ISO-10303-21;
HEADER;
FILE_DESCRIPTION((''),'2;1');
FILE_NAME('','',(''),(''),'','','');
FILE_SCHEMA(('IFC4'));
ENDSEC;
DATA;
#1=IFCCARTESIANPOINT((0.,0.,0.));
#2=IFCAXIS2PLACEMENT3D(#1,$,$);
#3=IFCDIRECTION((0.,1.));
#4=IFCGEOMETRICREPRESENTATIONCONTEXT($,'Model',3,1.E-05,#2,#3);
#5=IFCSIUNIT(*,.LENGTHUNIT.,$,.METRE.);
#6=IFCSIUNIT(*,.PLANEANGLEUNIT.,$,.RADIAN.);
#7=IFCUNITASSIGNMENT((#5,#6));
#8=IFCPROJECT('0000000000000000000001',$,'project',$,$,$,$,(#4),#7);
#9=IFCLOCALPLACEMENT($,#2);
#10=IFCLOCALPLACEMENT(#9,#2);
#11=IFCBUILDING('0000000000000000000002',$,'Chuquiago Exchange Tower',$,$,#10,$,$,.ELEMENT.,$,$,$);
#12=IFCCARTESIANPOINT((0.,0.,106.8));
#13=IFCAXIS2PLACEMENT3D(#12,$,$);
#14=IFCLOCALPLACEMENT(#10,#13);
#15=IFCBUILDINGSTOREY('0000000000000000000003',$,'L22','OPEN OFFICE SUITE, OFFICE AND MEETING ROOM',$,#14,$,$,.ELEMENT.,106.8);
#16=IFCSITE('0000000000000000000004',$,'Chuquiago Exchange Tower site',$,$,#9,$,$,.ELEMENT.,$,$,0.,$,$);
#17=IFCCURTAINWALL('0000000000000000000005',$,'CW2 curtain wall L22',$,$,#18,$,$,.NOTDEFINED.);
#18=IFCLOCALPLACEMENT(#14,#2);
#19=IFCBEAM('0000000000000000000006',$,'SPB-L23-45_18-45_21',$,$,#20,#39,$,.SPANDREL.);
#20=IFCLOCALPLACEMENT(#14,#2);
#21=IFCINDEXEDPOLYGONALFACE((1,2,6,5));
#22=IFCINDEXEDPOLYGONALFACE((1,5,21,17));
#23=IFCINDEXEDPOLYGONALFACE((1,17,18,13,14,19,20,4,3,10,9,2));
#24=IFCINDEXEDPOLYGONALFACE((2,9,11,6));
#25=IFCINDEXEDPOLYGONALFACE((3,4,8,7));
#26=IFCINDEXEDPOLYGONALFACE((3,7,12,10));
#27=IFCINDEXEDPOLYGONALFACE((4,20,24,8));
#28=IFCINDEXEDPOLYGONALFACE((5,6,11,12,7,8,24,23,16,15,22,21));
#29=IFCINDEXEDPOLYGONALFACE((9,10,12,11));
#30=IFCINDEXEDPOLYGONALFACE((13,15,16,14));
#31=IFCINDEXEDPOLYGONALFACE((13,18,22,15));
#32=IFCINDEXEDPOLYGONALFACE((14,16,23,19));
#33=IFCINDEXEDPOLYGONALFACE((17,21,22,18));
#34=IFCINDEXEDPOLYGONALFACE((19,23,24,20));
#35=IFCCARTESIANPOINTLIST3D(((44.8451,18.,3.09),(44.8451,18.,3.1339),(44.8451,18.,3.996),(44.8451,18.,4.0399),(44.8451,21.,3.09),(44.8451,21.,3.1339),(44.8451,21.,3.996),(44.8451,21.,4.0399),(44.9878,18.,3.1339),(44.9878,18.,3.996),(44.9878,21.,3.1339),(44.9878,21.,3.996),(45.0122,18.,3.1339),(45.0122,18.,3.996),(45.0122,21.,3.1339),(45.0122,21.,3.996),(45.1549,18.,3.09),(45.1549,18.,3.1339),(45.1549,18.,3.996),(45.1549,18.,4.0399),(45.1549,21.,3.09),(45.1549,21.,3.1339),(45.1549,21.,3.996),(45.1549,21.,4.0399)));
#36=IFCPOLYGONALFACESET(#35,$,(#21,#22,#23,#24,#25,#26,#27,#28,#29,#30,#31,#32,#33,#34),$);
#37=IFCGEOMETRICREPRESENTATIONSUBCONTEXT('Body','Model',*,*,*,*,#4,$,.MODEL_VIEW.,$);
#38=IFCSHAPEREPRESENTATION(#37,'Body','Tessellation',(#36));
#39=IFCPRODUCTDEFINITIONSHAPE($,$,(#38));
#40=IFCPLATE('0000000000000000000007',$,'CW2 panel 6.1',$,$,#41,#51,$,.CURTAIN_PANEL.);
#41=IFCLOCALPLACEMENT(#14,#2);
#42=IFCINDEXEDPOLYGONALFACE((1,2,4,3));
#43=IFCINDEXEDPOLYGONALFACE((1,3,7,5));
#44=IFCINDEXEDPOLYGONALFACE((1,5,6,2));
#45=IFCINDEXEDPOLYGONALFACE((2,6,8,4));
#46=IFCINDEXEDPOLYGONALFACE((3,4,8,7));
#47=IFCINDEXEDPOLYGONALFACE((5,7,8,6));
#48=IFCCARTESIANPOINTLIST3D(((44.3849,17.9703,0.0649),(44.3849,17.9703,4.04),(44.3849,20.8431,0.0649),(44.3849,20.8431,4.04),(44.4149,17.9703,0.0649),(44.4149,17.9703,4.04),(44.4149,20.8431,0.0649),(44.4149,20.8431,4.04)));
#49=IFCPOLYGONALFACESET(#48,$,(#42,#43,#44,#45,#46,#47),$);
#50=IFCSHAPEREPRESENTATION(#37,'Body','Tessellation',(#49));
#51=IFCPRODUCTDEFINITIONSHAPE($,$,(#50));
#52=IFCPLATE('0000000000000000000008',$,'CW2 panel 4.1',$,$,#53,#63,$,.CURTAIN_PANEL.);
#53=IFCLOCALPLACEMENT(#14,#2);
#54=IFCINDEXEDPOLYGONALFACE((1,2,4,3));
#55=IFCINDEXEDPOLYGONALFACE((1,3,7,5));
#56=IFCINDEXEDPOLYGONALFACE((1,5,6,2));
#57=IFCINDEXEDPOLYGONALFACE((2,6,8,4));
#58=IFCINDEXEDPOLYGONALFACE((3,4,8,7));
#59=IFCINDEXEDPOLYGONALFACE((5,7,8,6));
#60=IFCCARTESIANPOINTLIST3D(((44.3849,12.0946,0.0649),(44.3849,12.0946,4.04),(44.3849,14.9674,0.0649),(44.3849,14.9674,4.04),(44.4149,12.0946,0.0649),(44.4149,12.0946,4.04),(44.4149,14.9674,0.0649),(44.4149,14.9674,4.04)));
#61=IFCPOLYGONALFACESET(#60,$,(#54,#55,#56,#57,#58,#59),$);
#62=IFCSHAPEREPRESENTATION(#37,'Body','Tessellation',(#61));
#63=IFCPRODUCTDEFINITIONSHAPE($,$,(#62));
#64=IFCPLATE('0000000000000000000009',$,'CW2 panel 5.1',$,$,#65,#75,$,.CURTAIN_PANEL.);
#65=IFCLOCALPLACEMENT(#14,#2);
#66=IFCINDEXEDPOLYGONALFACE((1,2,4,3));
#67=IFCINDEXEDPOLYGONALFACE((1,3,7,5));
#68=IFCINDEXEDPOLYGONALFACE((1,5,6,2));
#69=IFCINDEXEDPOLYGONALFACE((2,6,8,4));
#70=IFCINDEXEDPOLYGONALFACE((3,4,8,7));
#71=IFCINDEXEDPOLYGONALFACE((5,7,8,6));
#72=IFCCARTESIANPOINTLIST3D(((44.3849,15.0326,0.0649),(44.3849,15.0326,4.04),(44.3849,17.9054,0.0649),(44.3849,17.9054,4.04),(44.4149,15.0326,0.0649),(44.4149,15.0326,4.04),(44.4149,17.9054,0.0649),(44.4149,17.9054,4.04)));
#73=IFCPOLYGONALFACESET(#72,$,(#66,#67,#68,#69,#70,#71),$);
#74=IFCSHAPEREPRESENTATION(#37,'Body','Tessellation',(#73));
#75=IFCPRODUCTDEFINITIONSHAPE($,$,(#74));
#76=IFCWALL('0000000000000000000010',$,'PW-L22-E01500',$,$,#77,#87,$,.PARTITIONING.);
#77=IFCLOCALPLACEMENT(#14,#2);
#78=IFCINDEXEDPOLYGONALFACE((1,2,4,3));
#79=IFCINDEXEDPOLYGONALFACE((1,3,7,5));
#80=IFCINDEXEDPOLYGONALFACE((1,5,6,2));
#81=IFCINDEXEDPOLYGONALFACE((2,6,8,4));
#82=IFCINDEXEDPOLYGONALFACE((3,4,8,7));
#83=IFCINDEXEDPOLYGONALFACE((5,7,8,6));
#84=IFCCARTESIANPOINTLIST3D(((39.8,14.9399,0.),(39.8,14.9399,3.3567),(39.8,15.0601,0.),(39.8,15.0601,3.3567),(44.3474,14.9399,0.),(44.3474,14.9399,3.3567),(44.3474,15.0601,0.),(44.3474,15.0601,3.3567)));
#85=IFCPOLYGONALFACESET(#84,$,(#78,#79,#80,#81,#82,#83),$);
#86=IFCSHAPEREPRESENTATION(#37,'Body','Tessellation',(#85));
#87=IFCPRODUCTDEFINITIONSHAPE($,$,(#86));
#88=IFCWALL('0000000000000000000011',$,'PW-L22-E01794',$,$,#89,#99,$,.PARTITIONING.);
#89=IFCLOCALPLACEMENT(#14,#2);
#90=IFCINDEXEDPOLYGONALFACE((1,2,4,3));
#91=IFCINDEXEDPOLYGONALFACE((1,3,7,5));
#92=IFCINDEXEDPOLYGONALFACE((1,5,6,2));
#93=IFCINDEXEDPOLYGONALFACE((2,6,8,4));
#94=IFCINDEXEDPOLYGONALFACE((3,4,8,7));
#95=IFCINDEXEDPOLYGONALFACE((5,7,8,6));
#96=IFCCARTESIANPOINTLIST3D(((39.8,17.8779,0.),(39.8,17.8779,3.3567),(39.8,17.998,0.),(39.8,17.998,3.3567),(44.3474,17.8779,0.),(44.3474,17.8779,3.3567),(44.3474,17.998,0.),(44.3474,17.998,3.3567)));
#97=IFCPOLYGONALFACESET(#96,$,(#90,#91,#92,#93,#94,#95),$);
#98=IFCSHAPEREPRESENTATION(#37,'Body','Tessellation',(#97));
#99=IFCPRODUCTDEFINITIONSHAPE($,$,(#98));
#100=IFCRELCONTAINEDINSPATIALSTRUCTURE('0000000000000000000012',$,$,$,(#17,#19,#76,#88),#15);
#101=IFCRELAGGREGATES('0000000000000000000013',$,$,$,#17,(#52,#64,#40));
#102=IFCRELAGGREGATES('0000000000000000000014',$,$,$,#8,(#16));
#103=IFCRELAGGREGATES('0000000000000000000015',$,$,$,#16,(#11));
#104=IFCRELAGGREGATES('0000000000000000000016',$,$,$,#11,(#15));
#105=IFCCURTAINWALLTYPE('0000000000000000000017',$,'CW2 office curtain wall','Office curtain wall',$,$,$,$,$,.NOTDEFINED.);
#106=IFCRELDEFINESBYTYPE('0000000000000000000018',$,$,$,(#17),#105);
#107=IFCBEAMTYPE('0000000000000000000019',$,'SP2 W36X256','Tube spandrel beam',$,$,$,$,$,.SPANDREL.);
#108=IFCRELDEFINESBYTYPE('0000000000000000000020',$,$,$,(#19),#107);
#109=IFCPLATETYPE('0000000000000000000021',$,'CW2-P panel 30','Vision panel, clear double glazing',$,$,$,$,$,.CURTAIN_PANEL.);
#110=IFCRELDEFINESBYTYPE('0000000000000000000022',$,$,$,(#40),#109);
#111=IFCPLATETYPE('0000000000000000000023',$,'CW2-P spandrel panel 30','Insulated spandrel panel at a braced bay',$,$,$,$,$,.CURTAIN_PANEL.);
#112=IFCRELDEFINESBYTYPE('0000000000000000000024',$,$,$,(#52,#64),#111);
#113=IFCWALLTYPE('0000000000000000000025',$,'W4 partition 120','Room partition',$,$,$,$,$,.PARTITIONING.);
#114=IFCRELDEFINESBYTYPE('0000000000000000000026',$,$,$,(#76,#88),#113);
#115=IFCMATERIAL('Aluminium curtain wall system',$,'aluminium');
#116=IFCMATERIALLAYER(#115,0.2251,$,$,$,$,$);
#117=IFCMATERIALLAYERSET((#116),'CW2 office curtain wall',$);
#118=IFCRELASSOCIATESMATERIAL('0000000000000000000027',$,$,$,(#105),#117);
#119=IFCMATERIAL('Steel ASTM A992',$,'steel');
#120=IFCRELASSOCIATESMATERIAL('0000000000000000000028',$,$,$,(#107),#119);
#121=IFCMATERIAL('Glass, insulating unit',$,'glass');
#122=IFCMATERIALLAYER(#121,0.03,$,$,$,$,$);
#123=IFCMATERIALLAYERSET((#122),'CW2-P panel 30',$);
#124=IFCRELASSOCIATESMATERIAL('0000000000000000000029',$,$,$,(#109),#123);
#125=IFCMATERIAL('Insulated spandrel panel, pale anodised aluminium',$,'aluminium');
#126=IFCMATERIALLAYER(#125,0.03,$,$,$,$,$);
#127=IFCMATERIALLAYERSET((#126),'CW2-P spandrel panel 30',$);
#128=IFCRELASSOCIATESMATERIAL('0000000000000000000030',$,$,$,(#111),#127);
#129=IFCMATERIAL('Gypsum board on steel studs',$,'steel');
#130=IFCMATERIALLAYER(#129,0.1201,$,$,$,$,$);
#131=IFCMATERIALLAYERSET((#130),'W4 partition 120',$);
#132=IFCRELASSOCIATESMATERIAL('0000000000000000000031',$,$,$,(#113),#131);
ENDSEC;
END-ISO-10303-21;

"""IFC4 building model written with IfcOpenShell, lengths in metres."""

from ifc_helpers import new_model, si_unit, direction, frame, frame_2d, origin, origin_2d, place, context, subcontext, project, spatial, rectangle, i_section, extrude, material, layer, layer_set, material_profile, profile_set, type_object, element, aggregate, save


model = new_model("IFC4")

# Units and contexts
model_context = context("Model", 3, precision=1e-05, world=origin(), true_north=direction((0.0, 1.0)))
body_context = subcontext(model_context, "Body", "Model", "MODEL_VIEW")
ifc_project = project(units=[si_unit("LENGTHUNIT", "METRE"), si_unit("PLANEANGLEUNIT", "RADIAN")], contexts=[model_context])

# Site, building, storey
site_placement = place(None, origin())
site = spatial("IfcSite", under=ifc_project, at=site_placement, Name="Chuquiago Exchange Tower site", CompositionType="ELEMENT", RefElevation=0.0)
building_placement = place(site_placement, origin())
building = spatial("IfcBuilding", under=site, at=building_placement, Name="Chuquiago Exchange Tower", CompositionType="ELEMENT")
storey_placement = place(building_placement, frame((0.0, 0.0, 106.8)))
storey = spatial("IfcBuildingStorey", under=building, at=storey_placement, Name="L22", Description="OPEN OFFICE SUITE, OFFICE AND MEETING ROOM", CompositionType="ELEMENT", Elevation=106.8)

# Curtain wall
ifc_material_1 = material(Name="Aluminium curtain wall system", Category="aluminium")
ifc_layer_1 = layer(ifc_material_1, 0.2251)
ifc_layer_set_1 = layer_set([ifc_layer_1], Name="CW2 office curtain wall")
curtain_wall_type = type_object("IfcCurtainWallType", Name="CW2 office curtain wall", Description="Office curtain wall", PredefinedType="NOTDEFINED", material=ifc_layer_set_1)
curtain_wall_placement = place(storey_placement, origin())
curtain_wall = element("IfcCurtainWall", 1, at=curtain_wall_placement, inside=storey, type_object=curtain_wall_type, Name="CW2 curtain wall L22", PredefinedType="NOTDEFINED")

# Beam
ifc_material_2 = material(Name="Steel ASTM A992", Category="steel")
ifc_material_profile_1 = material_profile(ifc_material_2, i_section(OverallWidth=0.3098, OverallDepth=0.95, WebThickness=0.0244, FlangeThickness=0.0439, at=origin_2d()), Name="W36X256")
ifc_profile_set_1 = profile_set([ifc_material_profile_1], Name="Steel ASTM A992")
beam_type_1 = type_object("IfcBeamType", Name="SP2 W36X256", Description="Tube spandrel beam", PredefinedType="SPANDREL", material=ifc_profile_set_1)
for number, where, z_axis, x_axis, name in (
    (2, (45.0, 18.0, 3.5649), (0.0, 1.0, 0.0), (-1.0, 0.0, 0.0), "SPB-L23-45_18-45_21"),
):
    element("IfcBeam", number, at=place(storey_placement, frame(where, z_axis=z_axis, x_axis=x_axis)), inside=storey, type_object=beam_type_1, Name=name, PredefinedType="SPANDREL", context=body_context, shape_type="SweptSolid", body=[
        extrude(i_section(OverallWidth=0.3098, OverallDepth=0.95, WebThickness=0.0244, FlangeThickness=0.0439, at=origin_2d()), origin(), (0.0, 0.0, 1.0), 3.0),
    ])

# Plates
ifc_material_3 = material(Name="Glass, insulating unit", Category="glass")
ifc_layer_2 = layer(ifc_material_3, 0.03)
ifc_layer_set_2 = layer_set([ifc_layer_2], Name="CW2-P panel 30")
plate_type_1 = type_object("IfcPlateType", Name="CW2-P panel 30", Description="Vision panel, clear double glazing", PredefinedType="CURTAIN_PANEL", material=ifc_layer_set_2)
plate_1_placement = place(storey_placement, frame((44.3999, 19.4067, 0.0649), z_axis=(0.0, 0.0, 1.0), x_axis=(0.0, 1.0, 0.0)))
plate_1 = element("IfcPlate", 3, at=plate_1_placement, type_object=plate_type_1, Name="CW2 panel 6.1", PredefinedType="CURTAIN_PANEL", context=body_context, shape_type="SweptSolid", body=[
    extrude(rectangle(XDim=2.8728, YDim=0.03, at=origin_2d()), origin(), (0.0, 0.0, 1.0), 3.9751),
])
ifc_material_4 = material(Name="Insulated spandrel panel, pale anodised aluminium", Category="aluminium")
ifc_layer_3 = layer(ifc_material_4, 0.03)
ifc_layer_set_3 = layer_set([ifc_layer_3], Name="CW2-P spandrel panel 30")
plate_type_2 = type_object("IfcPlateType", Name="CW2-P spandrel panel 30", Description="Insulated spandrel panel at a braced bay", PredefinedType="CURTAIN_PANEL", material=ifc_layer_set_3)
plate_2_placement = place(storey_placement, frame((44.3999, 13.531, 0.0649), z_axis=(0.0, 0.0, 1.0), x_axis=(0.0, 1.0, 0.0)))
plate_2 = element("IfcPlate", 4, at=plate_2_placement, type_object=plate_type_2, Name="CW2 panel 4.1", PredefinedType="CURTAIN_PANEL", context=body_context, shape_type="SweptSolid", body=[
    extrude(rectangle(XDim=2.8728, YDim=0.03, at=origin_2d()), origin(), (0.0, 0.0, 1.0), 3.9751),
])
plate_3_placement = place(storey_placement, frame((44.3999, 16.469, 0.0649), z_axis=(0.0, 0.0, 1.0), x_axis=(0.0, 1.0, 0.0)))
plate_3 = element("IfcPlate", 5, at=plate_3_placement, type_object=plate_type_2, Name="CW2 panel 5.1", PredefinedType="CURTAIN_PANEL", context=body_context, shape_type="SweptSolid", body=[
    extrude(rectangle(XDim=2.8728, YDim=0.03, at=origin_2d()), origin(), (0.0, 0.0, 1.0), 3.9751),
])
aggregate(curtain_wall, [plate_2, plate_3, plate_1])

# Walls
ifc_material_5 = material(Name="Gypsum board on steel studs", Category="steel")
ifc_layer_4 = layer(ifc_material_5, 0.1201)
ifc_layer_set_4 = layer_set([ifc_layer_4], Name="W4 partition 120")
wall_type = type_object("IfcWallType", Name="W4 partition 120", Description="Room partition", PredefinedType="PARTITIONING", material=ifc_layer_set_4)
for number, where, z_axis, x_axis, name in (
    (6, (44.3474, 15.0, 0.0), (0.0, 0.0, 1.0), (-1.0, 0.0, 0.0), "PW-L22-E01500"),
    (7, (44.3474, 17.938, 0.0), (0.0, 0.0, 1.0), (-1.0, 0.0, 0.0), "PW-L22-E01794"),
):
    element("IfcWall", number, at=place(storey_placement, frame(where, z_axis=z_axis, x_axis=x_axis)), inside=storey, type_object=wall_type, Name=name, PredefinedType="PARTITIONING", context=body_context, shape_type="SweptSolid", body=[
        extrude(rectangle(XDim=4.5474, YDim=0.1201, at=frame_2d((2.2737, 0.0))), origin(), (0.0, 0.0, 1.0), 3.3567),
    ])

save(model, "model.ifc")
